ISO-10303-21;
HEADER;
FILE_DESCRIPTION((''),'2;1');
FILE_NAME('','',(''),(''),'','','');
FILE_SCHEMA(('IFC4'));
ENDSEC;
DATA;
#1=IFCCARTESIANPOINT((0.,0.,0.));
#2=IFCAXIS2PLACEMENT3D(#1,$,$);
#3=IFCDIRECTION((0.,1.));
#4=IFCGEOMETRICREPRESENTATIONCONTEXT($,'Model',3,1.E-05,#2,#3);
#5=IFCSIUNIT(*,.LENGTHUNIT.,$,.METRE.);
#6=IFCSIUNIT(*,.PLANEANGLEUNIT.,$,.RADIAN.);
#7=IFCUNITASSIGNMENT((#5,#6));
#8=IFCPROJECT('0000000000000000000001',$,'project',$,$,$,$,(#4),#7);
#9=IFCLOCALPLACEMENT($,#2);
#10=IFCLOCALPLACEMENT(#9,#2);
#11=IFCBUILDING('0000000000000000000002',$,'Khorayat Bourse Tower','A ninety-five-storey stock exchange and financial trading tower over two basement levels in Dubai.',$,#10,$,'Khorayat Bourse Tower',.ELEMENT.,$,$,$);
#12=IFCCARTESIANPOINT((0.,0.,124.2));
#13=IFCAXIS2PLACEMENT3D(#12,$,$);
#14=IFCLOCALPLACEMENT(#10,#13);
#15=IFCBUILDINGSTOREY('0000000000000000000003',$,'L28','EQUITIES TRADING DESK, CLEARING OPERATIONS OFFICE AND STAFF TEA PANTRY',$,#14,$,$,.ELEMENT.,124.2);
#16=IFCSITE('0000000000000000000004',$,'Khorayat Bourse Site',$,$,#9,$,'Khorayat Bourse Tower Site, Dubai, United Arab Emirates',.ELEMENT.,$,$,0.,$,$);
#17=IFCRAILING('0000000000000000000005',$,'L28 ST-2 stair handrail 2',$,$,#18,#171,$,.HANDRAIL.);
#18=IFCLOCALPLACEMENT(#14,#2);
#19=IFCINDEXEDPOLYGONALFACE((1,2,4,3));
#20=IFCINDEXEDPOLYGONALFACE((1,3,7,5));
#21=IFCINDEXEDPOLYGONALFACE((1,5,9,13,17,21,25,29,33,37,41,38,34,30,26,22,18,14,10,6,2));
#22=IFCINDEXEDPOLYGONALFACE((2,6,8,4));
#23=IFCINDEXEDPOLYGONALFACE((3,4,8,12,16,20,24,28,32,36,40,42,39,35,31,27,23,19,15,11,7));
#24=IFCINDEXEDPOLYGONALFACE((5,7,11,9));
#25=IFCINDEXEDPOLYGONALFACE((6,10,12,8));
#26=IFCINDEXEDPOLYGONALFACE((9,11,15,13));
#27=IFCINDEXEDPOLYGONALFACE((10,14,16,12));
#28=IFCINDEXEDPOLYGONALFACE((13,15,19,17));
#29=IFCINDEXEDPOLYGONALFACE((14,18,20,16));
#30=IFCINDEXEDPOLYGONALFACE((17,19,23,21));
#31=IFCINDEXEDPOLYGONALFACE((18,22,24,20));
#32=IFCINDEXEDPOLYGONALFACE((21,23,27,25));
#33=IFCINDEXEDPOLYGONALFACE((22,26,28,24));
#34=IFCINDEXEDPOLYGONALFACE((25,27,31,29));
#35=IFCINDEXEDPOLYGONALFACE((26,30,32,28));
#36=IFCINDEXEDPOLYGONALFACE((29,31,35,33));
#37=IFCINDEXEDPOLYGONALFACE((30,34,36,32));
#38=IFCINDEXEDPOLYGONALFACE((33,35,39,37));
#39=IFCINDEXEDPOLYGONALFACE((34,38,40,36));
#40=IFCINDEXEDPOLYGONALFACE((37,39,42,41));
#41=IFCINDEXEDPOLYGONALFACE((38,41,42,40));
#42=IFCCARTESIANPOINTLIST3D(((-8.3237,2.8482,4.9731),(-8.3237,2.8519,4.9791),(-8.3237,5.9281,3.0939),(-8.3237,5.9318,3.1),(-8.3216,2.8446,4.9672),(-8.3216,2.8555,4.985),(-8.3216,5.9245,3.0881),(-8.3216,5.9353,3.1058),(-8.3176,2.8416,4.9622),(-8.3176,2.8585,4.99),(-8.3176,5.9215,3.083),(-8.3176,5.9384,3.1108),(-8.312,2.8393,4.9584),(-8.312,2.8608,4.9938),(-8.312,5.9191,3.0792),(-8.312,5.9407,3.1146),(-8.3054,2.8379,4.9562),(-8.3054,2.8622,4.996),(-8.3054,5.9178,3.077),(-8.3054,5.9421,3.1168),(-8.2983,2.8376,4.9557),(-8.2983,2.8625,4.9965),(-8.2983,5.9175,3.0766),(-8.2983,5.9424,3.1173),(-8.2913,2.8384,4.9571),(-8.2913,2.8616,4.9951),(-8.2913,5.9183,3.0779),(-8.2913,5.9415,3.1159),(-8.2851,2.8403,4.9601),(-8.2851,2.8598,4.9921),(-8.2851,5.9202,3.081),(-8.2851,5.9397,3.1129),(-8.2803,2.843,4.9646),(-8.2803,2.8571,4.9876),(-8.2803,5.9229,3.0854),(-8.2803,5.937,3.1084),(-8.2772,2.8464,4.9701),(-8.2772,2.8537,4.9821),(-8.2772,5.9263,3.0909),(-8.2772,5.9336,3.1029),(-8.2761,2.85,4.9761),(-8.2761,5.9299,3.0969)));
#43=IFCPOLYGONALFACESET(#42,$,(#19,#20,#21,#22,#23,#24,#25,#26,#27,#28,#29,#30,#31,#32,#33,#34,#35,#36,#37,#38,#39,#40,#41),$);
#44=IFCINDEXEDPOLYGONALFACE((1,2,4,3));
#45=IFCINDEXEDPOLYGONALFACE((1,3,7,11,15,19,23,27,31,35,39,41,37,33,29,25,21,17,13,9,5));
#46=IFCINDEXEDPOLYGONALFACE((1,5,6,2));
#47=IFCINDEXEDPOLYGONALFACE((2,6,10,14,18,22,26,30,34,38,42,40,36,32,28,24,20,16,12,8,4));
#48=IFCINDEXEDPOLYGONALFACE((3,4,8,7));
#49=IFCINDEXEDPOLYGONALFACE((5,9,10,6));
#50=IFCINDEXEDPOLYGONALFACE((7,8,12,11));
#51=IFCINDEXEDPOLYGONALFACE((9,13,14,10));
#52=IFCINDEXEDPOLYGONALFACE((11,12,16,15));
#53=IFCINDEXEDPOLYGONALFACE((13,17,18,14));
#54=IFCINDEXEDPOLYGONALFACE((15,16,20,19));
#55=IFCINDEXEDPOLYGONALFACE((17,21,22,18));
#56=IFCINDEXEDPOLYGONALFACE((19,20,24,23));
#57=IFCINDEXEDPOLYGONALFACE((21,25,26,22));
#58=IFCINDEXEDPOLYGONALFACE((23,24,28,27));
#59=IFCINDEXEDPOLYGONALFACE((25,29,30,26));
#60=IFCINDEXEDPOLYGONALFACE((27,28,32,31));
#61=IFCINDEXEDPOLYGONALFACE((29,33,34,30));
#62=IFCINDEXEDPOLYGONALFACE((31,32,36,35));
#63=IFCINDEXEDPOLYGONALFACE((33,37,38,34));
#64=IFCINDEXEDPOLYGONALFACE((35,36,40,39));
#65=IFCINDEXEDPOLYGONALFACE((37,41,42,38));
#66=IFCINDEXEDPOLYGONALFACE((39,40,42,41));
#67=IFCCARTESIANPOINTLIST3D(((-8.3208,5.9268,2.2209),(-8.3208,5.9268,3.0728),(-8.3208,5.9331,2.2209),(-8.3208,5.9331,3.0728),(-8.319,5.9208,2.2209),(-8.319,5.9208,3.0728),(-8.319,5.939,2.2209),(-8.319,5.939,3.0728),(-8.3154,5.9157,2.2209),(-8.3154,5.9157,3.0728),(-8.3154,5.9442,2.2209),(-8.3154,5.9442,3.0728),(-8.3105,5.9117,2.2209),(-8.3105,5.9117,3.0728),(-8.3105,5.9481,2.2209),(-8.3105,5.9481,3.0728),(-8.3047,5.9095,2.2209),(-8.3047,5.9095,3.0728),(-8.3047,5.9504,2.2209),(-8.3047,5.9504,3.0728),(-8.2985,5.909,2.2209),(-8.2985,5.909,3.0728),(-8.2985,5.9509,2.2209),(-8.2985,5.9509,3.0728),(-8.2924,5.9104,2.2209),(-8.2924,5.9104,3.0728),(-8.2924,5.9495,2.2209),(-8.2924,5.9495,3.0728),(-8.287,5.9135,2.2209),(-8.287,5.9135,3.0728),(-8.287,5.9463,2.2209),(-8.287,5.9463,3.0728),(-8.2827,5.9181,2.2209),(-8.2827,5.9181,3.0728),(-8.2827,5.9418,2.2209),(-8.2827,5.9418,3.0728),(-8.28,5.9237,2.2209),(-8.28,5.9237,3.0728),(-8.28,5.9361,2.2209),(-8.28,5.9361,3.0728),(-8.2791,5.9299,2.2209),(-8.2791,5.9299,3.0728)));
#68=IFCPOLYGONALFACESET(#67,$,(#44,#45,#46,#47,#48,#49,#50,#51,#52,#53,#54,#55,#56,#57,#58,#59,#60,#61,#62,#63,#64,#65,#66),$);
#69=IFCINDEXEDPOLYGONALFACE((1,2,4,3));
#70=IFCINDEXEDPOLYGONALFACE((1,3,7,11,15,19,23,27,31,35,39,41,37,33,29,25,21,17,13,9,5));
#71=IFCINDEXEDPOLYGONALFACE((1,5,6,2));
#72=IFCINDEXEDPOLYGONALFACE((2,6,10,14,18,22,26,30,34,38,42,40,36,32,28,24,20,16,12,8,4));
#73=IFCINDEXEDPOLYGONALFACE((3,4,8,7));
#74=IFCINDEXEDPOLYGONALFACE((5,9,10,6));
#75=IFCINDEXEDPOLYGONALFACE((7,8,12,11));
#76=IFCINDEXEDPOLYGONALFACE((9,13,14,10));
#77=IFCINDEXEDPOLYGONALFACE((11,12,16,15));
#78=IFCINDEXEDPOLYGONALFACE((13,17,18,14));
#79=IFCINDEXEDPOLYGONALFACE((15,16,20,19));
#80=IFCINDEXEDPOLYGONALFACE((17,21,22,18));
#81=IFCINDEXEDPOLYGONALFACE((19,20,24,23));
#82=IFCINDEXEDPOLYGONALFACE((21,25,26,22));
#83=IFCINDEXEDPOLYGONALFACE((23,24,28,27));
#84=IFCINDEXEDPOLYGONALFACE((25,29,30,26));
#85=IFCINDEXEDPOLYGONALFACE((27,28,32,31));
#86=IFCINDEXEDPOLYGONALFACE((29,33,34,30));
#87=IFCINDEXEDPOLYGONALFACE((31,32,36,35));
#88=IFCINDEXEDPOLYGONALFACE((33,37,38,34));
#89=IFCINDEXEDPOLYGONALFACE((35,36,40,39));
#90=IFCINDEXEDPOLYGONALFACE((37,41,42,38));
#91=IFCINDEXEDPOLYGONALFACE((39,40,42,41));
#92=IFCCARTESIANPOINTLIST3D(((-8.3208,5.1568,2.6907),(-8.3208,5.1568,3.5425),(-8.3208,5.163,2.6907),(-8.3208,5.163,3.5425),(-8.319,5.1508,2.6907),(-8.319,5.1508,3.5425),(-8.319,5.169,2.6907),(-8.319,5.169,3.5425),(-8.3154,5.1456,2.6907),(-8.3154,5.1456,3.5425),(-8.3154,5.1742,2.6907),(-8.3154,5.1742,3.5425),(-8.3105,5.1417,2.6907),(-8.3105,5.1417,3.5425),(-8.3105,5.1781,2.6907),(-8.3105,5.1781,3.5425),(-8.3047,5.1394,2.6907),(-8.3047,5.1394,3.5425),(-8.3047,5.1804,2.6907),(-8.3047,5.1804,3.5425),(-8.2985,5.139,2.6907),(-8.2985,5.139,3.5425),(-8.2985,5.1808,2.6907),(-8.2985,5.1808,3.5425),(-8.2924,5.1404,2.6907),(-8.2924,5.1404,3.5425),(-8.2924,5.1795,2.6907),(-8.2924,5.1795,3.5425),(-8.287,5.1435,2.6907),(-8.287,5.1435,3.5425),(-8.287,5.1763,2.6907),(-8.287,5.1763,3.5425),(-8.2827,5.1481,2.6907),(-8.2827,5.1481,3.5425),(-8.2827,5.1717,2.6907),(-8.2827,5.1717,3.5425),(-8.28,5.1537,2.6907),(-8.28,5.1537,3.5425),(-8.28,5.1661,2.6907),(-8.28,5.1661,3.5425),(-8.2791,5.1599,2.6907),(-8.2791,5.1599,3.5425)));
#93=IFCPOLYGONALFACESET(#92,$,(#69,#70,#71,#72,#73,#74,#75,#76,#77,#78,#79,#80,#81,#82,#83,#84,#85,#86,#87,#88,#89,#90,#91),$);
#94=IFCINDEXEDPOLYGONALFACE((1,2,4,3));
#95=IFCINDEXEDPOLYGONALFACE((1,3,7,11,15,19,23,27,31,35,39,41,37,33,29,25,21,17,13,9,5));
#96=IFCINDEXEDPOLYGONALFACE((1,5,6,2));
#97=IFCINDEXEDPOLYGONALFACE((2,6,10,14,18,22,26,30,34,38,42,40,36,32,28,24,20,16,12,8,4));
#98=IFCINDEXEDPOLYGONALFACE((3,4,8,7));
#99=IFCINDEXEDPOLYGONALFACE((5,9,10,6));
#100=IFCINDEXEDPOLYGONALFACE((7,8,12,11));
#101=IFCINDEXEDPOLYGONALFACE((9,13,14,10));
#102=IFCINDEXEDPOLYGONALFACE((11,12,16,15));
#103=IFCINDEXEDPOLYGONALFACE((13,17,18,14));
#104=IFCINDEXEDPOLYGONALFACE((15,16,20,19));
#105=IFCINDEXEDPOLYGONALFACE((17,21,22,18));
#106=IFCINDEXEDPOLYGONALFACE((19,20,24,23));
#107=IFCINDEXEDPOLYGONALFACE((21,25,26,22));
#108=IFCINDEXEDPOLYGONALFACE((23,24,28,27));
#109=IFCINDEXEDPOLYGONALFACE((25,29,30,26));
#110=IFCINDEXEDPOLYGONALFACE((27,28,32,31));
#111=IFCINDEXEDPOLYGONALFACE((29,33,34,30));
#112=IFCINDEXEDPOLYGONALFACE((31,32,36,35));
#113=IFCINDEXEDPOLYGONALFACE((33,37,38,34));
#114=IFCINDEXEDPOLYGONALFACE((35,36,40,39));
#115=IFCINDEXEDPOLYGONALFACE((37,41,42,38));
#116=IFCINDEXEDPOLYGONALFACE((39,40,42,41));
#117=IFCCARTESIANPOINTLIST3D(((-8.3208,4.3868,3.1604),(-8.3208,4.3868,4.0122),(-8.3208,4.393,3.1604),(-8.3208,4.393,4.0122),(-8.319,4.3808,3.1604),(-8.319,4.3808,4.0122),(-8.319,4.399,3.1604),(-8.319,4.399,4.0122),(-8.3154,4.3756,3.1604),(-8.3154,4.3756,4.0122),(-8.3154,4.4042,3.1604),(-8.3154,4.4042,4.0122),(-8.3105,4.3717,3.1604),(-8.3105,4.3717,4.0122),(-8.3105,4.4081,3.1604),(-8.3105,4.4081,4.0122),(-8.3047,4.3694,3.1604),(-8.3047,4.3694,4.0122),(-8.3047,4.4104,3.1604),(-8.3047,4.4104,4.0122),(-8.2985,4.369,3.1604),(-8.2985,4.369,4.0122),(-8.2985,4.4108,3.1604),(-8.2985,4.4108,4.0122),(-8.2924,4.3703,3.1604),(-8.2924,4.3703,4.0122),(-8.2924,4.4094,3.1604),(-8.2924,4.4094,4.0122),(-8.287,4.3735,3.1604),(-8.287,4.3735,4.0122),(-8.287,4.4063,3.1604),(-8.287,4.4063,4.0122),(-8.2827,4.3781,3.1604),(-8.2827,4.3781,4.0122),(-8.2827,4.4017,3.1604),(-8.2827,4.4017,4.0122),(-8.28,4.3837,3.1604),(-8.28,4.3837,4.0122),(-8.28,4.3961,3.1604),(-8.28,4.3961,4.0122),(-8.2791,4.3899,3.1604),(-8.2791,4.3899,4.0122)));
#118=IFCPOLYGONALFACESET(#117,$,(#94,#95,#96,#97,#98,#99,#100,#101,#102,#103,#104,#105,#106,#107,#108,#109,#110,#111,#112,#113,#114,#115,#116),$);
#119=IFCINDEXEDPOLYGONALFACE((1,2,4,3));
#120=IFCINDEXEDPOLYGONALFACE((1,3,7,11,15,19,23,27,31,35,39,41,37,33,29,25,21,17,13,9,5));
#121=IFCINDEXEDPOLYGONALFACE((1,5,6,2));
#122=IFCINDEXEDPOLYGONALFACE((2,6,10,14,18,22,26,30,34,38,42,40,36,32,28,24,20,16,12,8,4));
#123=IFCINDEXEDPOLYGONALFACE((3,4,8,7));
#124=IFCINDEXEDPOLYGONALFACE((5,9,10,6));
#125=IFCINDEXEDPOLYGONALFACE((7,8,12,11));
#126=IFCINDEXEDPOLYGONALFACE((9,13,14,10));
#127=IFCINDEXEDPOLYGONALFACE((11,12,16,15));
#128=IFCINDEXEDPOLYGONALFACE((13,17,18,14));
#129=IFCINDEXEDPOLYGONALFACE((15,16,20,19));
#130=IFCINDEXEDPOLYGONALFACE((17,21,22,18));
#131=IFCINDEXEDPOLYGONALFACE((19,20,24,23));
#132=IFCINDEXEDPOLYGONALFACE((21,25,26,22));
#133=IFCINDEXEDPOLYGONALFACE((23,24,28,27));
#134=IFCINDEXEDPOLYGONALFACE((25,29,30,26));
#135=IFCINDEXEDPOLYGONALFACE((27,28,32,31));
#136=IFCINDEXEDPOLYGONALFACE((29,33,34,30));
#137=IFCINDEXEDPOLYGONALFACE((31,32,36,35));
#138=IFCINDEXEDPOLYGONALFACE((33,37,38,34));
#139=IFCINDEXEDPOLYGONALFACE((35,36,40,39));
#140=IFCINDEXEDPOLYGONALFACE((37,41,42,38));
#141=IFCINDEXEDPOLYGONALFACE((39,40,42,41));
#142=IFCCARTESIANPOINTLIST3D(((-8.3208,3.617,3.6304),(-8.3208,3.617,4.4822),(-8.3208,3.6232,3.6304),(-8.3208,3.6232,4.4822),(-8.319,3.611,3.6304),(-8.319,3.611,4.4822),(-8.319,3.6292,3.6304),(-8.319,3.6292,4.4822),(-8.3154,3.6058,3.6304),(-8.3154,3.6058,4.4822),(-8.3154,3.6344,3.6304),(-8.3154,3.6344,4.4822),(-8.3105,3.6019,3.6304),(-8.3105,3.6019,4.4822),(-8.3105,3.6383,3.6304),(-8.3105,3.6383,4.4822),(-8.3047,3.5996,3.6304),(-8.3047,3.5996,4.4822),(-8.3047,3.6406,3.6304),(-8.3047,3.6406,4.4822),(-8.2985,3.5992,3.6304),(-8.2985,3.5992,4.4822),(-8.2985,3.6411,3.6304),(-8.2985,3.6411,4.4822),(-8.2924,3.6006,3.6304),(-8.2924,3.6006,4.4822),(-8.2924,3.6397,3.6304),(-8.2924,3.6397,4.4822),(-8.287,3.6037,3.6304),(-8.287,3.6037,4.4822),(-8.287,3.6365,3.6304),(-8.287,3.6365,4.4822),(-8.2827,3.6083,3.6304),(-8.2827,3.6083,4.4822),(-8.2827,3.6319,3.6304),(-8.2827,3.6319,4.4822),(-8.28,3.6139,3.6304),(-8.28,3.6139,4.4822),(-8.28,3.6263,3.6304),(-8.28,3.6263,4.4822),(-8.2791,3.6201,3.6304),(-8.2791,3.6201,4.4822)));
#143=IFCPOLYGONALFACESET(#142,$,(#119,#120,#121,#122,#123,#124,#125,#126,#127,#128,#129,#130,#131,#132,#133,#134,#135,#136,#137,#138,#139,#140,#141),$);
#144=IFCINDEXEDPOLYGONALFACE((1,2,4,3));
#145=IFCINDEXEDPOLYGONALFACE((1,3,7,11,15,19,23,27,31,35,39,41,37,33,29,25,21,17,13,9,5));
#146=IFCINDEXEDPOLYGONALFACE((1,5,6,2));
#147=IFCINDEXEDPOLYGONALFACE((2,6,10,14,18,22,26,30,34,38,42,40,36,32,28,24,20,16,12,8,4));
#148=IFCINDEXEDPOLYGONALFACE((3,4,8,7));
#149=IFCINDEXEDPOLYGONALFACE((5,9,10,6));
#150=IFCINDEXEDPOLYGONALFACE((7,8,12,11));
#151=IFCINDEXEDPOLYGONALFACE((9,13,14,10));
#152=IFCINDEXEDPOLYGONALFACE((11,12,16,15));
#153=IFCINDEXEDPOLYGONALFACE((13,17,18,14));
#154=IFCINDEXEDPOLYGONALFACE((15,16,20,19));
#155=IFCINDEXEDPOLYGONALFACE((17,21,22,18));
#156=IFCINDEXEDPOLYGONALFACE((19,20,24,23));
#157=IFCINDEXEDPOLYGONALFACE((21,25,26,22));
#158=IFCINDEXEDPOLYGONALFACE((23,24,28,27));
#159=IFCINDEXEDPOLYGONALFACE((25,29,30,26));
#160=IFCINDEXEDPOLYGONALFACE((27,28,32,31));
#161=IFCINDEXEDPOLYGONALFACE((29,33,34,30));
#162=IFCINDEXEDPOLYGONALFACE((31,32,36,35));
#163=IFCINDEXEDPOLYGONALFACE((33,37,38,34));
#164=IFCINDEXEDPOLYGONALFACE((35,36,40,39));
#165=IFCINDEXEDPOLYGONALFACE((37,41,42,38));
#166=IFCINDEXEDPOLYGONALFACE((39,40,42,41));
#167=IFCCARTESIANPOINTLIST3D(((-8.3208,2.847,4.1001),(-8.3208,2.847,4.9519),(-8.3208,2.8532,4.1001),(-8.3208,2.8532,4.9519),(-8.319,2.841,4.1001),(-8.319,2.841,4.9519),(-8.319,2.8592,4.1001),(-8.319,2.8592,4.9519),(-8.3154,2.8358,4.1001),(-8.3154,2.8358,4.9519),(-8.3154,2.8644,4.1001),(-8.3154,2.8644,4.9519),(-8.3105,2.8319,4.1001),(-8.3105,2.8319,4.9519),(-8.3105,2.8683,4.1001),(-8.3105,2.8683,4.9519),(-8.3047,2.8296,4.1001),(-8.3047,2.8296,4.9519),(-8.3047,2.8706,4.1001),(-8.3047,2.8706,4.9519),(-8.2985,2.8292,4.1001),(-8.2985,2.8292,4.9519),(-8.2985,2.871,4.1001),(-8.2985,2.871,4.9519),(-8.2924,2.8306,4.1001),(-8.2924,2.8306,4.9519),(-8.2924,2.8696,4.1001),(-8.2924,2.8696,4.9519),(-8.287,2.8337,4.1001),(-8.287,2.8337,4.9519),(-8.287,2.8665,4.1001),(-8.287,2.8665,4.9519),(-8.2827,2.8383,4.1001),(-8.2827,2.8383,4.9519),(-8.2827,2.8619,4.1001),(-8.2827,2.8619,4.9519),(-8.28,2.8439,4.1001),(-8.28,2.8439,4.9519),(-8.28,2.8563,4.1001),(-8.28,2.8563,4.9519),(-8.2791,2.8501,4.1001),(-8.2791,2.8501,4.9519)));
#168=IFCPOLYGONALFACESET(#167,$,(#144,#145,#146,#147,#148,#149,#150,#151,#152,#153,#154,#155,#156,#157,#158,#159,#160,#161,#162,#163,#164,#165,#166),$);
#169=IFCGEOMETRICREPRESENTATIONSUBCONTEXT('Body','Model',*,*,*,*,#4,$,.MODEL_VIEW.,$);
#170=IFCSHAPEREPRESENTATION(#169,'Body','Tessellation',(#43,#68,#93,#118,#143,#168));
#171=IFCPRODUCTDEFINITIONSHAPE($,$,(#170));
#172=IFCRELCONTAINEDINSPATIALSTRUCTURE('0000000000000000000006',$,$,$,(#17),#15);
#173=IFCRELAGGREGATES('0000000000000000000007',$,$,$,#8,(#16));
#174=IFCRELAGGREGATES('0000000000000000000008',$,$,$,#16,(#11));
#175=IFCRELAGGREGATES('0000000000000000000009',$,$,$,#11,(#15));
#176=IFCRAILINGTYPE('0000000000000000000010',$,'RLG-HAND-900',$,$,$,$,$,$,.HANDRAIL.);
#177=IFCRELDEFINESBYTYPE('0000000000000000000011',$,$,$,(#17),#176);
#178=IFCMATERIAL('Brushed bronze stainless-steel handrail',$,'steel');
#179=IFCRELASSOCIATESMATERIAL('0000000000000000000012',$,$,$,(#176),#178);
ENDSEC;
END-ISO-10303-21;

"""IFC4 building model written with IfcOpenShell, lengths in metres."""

from ifc_helpers import new_model, si_unit, direction, frame, origin, origin_2d, place, context, subcontext, project, spatial, circle, extrude, source, transform, mapped, material, type_object, element, save


model = new_model("IFC4")

# Units and contexts
model_context = context("Model", 3, precision=1e-05, world=origin(), true_north=direction((0.0, 1.0)))
body_context = subcontext(model_context, "Body", "Model", "MODEL_VIEW")
ifc_project = project(units=[si_unit("LENGTHUNIT", "METRE"), si_unit("PLANEANGLEUNIT", "RADIAN")], contexts=[model_context])

# Site, building, storey
site_placement = place(None, origin())
site = spatial("IfcSite", under=ifc_project, at=site_placement, Name="Khorayat Bourse Site", LongName="Khorayat Bourse Tower Site, Dubai, United Arab Emirates", CompositionType="ELEMENT", RefElevation=0.0)
building_placement = place(site_placement, origin())
building = spatial("IfcBuilding", under=site, at=building_placement, Name="Khorayat Bourse Tower", Description="A ninety-five-storey stock exchange and financial trading tower over two basement levels in Dubai.", LongName="Khorayat Bourse Tower", CompositionType="ELEMENT")
storey_placement = place(building_placement, frame((0.0, 0.0, 124.2)))
storey = spatial("IfcBuildingStorey", under=building, at=storey_placement, Name="L28", Description="EQUITIES TRADING DESK, CLEARING OPERATIONS OFFICE AND STAFF TEA PANTRY", CompositionType="ELEMENT", Elevation=124.2)

# Railing
ifc_material_1 = material(Name="Brushed bronze stainless-steel handrail", Category="steel")
railing_type_1 = type_object("IfcRailingType", Name="RLG-HAND-900", PredefinedType="HANDRAIL", material=ifc_material_1)
shared_shape_1 = source(origin(), body_context, "Body", "SweptSolid", [
    extrude(circle(Radius=0.0239, at=origin_2d()), frame((0.0, 0.0, 0.876), z_axis=(0.0, -0.853648, 0.52085), x_axis=(1.0, 0.0, 0.0)), (0.0, 0.0, 1.0), 3.6079),
    extrude(circle(Radius=0.021, at=origin_2d()), origin(), (0.0, 0.0, 1.0), 0.8518),
    extrude(circle(Radius=0.021, at=origin_2d()), frame((0.0, -0.77, 0.4697)), (0.0, 0.0, 1.0), 0.8518),
    extrude(circle(Radius=0.021, at=origin_2d()), frame((0.0, -1.54, 0.9395)), (0.0, 0.0, 1.0), 0.8518),
    extrude(circle(Radius=0.021, at=origin_2d()), frame((0.0, -2.3098, 1.4094)), (0.0, 0.0, 1.0), 0.8518),
    extrude(circle(Radius=0.021, at=origin_2d()), frame((0.0, -3.0798, 1.8792)), (0.0, 0.0, 1.0), 0.8518),
])
railing_1_placement = place(storey_placement, frame((-8.3, 5.9299, 2.2209)))
element("IfcRailing", 1, at=railing_1_placement, inside=storey, type_object=railing_type_1, Name="L28 ST-2 stair handrail 2", PredefinedType="HANDRAIL", context=body_context, shape_type="MappedRepresentation", body=[
    mapped(shared_shape_1, transform((0.0, 0.0, 0.0), scale=1.0)),
])

save(model, "model.ifc")
